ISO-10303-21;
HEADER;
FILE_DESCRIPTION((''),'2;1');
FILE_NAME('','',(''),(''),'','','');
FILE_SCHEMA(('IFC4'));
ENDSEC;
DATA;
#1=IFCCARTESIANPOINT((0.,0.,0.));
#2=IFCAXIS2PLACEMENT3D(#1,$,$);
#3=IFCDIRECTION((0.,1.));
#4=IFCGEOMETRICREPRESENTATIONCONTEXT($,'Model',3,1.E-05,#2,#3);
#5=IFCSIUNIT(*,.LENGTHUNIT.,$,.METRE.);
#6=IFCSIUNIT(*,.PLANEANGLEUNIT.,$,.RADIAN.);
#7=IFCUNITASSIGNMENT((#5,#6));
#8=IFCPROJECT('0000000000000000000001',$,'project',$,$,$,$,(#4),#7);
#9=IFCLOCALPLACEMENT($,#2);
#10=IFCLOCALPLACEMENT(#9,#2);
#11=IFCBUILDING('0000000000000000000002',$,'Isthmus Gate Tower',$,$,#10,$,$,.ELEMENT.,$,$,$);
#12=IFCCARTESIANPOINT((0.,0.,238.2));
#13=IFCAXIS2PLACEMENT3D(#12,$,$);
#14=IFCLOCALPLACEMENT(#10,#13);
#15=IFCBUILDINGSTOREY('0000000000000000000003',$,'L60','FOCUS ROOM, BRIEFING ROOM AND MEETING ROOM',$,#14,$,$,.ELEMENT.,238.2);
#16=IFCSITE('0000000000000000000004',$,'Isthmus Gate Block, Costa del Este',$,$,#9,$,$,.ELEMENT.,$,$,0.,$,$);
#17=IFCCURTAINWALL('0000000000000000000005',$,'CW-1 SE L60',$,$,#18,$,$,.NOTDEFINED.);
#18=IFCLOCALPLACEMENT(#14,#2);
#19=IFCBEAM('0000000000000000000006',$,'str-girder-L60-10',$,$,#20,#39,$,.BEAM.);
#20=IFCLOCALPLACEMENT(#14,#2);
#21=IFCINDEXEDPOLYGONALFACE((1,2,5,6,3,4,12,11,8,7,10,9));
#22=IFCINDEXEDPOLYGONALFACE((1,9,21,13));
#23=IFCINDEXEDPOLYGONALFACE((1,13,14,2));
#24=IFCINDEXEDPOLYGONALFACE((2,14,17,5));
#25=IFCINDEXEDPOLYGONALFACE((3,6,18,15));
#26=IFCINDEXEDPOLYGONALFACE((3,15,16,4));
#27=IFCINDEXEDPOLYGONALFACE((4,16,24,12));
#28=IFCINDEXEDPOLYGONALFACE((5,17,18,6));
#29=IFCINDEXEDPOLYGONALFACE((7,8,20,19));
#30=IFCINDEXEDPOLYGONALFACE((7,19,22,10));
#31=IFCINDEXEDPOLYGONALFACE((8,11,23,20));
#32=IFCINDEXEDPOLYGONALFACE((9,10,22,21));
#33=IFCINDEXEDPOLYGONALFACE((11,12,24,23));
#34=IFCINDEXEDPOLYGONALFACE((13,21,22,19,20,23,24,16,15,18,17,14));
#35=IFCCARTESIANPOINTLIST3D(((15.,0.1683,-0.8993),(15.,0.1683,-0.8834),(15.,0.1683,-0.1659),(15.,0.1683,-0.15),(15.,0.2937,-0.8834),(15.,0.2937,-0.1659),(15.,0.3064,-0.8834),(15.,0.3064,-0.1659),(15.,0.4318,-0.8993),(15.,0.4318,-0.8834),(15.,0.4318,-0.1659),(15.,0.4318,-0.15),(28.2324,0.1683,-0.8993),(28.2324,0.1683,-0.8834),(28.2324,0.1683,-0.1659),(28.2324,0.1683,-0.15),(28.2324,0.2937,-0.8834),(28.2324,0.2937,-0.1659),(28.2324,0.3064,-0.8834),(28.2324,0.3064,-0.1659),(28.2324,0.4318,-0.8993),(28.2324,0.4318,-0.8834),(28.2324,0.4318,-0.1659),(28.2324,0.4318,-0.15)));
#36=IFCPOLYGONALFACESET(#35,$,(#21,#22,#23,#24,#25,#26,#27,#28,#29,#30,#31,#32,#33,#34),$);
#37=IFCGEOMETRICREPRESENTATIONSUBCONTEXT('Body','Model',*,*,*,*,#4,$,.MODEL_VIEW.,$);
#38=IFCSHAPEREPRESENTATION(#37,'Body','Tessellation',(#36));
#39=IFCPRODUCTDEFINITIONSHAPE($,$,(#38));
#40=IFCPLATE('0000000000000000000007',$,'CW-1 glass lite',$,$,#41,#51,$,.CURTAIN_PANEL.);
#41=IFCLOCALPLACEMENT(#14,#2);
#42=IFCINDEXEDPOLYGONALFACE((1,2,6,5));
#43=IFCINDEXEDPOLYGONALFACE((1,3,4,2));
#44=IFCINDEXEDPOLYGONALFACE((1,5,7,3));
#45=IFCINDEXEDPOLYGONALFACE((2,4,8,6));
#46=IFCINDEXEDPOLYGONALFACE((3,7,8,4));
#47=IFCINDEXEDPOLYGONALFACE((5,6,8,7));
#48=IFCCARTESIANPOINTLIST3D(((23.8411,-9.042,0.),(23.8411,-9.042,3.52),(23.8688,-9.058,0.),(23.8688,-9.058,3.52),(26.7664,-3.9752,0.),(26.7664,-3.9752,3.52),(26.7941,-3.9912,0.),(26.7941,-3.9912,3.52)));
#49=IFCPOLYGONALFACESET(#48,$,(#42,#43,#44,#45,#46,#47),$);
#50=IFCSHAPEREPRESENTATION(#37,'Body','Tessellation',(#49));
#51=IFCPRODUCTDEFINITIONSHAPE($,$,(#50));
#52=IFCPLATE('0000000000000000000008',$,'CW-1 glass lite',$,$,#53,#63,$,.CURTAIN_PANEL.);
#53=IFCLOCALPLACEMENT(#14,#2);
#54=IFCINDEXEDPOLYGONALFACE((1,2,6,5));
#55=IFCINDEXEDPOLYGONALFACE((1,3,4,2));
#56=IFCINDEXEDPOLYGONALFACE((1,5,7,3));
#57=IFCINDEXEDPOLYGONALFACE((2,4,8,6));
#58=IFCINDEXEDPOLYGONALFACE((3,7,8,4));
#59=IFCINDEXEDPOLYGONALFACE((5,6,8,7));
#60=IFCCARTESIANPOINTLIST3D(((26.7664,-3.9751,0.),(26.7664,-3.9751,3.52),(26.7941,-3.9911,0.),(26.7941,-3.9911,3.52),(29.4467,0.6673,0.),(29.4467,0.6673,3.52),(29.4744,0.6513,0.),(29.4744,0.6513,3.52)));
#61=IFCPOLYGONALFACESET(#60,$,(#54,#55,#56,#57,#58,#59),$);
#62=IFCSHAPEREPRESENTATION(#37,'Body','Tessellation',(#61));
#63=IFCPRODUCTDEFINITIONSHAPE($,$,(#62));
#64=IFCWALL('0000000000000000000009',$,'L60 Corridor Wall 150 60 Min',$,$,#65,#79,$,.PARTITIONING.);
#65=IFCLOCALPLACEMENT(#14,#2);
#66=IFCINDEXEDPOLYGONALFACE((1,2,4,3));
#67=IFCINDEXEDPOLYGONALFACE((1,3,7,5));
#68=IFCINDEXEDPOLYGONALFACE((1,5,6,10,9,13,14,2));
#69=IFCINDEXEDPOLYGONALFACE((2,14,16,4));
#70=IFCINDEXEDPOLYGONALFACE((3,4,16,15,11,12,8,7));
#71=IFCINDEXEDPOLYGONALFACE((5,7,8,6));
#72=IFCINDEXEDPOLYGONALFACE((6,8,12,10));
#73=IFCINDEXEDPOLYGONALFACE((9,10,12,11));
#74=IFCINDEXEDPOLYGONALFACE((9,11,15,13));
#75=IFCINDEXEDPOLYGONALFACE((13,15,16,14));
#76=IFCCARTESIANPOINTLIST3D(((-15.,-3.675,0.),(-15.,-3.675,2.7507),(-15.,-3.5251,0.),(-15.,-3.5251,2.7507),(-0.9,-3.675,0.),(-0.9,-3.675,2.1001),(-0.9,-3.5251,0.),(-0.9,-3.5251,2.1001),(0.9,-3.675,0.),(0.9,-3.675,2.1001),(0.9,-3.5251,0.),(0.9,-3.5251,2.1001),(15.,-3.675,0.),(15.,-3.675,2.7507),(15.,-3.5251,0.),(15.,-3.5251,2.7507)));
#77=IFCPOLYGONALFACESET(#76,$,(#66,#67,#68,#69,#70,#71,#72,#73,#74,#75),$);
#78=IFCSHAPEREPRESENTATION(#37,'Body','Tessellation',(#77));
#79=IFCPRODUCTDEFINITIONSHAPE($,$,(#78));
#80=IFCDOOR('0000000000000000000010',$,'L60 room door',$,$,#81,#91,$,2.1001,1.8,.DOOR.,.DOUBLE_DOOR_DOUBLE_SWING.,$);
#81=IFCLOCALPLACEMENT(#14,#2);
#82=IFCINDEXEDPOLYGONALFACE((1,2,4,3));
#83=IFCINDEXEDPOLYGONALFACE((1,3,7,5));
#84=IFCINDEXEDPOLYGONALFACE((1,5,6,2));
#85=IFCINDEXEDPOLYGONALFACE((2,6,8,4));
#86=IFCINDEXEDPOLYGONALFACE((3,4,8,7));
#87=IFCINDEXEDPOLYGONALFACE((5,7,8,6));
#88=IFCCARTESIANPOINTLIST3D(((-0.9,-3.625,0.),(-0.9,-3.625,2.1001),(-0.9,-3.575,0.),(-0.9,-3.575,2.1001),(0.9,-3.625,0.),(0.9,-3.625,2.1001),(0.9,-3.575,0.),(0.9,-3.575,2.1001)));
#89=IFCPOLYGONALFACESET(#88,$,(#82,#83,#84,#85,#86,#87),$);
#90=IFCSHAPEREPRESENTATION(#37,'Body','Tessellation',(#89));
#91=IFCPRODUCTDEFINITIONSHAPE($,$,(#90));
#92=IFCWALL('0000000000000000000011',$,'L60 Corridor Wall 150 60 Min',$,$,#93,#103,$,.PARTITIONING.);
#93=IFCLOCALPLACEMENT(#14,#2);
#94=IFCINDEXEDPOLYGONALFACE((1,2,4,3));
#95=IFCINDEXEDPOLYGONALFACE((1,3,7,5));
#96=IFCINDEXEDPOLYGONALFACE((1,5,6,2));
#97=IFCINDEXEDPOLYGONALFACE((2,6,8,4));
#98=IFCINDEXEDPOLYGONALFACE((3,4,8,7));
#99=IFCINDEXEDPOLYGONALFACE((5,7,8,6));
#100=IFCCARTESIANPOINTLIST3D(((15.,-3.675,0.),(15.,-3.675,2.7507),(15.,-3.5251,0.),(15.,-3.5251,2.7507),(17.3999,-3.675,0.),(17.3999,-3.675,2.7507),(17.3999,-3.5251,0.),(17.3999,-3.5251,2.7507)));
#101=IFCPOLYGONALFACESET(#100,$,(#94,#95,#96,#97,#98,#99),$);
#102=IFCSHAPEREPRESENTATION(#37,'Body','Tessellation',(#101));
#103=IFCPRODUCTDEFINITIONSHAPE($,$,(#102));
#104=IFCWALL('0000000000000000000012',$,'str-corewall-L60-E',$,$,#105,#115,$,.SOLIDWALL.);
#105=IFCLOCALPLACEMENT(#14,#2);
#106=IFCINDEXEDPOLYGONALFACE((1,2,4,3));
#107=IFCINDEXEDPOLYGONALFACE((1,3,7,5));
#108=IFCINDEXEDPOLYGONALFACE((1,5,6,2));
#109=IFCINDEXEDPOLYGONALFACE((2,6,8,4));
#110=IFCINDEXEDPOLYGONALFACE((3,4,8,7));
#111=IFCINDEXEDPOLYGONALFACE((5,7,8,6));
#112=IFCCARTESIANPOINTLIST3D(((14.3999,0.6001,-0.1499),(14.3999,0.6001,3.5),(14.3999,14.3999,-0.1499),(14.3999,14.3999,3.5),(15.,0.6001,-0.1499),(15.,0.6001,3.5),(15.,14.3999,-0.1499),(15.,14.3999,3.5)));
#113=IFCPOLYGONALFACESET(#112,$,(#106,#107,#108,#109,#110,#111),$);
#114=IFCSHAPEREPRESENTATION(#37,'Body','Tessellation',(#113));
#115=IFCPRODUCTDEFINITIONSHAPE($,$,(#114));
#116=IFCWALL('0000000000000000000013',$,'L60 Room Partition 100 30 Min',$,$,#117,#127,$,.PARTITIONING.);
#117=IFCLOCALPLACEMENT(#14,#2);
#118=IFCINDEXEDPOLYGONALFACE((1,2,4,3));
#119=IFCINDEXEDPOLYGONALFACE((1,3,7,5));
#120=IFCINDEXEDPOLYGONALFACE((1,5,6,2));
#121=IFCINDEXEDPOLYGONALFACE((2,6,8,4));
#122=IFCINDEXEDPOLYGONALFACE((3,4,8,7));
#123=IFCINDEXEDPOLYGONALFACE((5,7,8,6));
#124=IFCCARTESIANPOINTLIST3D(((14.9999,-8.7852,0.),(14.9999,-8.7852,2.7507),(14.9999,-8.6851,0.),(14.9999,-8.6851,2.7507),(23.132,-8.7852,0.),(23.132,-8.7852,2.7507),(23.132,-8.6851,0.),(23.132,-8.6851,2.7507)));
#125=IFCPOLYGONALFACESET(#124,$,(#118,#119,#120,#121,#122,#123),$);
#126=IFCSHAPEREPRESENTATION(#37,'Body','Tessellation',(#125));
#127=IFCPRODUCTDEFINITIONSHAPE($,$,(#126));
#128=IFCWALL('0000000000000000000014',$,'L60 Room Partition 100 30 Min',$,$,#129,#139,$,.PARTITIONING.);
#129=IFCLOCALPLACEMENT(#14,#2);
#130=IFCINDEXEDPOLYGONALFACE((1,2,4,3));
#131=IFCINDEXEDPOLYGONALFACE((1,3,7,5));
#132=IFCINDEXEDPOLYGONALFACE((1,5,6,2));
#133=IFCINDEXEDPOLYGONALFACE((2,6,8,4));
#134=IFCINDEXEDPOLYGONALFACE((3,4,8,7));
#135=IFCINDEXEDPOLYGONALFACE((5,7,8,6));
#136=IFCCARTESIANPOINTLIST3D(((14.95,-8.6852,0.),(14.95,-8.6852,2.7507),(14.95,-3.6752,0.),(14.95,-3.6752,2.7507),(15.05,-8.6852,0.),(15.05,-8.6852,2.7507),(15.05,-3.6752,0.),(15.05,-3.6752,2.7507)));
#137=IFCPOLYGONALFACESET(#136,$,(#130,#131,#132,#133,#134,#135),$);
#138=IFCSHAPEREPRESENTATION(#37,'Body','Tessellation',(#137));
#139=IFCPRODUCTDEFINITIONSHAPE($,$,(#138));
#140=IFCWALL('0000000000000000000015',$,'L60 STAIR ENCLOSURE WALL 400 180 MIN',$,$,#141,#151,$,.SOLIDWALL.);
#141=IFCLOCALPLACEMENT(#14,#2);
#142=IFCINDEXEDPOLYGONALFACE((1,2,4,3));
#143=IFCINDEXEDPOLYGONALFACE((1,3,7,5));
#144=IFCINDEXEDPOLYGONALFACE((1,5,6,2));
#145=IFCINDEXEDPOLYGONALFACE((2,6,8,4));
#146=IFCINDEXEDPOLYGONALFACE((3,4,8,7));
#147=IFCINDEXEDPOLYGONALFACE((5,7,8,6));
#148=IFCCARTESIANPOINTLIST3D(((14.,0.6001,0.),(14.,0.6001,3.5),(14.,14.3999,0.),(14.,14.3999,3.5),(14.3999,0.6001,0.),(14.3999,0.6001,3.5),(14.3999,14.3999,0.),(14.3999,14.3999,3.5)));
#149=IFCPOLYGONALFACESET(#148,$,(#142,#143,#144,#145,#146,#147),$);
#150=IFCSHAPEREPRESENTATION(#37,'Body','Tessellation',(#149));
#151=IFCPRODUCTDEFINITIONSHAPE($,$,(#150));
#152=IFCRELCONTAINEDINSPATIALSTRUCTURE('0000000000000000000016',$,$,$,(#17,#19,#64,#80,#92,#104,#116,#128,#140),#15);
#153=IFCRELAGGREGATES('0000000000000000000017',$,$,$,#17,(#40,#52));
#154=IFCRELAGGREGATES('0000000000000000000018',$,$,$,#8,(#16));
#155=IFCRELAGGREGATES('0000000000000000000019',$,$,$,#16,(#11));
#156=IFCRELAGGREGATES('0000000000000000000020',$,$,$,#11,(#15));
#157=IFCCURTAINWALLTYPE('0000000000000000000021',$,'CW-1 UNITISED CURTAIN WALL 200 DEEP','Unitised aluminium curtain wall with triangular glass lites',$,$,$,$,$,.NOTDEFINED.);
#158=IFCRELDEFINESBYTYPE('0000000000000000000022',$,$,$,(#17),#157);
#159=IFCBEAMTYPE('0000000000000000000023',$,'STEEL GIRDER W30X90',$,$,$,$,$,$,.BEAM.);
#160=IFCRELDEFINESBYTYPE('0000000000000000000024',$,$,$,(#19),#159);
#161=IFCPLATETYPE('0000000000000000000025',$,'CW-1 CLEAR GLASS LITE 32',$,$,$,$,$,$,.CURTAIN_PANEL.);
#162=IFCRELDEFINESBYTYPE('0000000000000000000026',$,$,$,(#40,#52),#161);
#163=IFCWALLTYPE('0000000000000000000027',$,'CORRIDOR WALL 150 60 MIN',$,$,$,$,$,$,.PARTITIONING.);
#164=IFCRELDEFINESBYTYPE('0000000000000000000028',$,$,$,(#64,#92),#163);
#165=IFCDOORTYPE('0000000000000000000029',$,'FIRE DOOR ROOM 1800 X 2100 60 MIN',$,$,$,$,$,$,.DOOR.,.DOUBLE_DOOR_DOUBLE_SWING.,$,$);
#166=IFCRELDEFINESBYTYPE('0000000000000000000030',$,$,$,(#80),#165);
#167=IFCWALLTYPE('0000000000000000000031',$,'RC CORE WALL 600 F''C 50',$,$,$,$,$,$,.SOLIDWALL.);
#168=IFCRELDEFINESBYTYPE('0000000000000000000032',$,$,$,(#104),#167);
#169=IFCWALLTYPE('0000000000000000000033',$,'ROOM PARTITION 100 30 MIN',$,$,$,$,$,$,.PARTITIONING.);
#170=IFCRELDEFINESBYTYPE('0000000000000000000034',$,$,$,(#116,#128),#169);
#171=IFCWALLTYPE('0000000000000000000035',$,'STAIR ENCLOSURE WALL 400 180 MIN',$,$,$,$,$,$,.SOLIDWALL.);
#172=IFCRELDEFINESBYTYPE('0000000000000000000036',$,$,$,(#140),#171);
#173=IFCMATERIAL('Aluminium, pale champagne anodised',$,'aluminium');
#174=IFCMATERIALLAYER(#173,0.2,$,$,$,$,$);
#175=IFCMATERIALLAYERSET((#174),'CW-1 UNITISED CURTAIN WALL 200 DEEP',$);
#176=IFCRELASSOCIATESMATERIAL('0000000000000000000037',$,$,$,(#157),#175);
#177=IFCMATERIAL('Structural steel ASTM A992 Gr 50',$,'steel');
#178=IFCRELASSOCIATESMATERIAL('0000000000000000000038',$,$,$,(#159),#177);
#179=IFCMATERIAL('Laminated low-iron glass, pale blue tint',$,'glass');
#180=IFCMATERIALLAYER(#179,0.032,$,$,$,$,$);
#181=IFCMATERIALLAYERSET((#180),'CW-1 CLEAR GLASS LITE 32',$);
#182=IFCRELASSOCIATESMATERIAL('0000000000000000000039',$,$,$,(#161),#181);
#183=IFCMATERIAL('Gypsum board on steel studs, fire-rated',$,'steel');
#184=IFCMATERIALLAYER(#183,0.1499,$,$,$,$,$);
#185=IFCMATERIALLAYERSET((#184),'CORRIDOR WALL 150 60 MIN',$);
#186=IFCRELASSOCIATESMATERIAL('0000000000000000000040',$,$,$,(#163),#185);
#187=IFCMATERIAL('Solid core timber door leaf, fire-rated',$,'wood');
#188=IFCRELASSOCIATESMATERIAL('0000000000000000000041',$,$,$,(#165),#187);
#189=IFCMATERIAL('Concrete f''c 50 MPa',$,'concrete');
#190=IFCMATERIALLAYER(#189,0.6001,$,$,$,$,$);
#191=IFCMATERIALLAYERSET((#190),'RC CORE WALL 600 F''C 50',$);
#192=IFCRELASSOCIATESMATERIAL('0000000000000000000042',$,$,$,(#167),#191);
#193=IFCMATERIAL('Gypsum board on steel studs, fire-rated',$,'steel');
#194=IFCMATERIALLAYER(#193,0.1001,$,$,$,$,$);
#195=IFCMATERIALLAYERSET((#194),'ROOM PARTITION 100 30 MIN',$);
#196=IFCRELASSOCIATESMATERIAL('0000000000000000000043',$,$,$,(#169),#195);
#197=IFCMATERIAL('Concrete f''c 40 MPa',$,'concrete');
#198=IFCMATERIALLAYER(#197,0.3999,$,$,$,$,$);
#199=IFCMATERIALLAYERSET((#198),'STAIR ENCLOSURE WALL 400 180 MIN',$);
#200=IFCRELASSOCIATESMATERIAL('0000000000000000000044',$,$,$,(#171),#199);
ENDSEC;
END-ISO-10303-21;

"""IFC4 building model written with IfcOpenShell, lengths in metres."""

from ifc_helpers import new_model, si_unit, direction, frame, frame_2d, origin, origin_2d, place, context, subcontext, project, spatial, rectangle, i_section, extrude, material, layer, layer_set, material_profile, profile_set, type_object, element, fill, aggregate, save


model = new_model("IFC4")

# Units and contexts
model_context = context("Model", 3, precision=1e-05, world=origin(), true_north=direction((0.0, 1.0)))
body_context = subcontext(model_context, "Body", "Model", "MODEL_VIEW")
ifc_project = project(units=[si_unit("LENGTHUNIT", "METRE"), si_unit("PLANEANGLEUNIT", "RADIAN")], contexts=[model_context])

# Site, building, storey
site_placement = place(None, origin())
site = spatial("IfcSite", under=ifc_project, at=site_placement, Name="Isthmus Gate Block, Costa del Este", CompositionType="ELEMENT", RefElevation=0.0)
building_placement = place(site_placement, origin())
building = spatial("IfcBuilding", under=site, at=building_placement, Name="Isthmus Gate Tower", CompositionType="ELEMENT")
storey_placement = place(building_placement, frame((0.0, 0.0, 238.2)))
storey = spatial("IfcBuildingStorey", under=building, at=storey_placement, Name="L60", Description="FOCUS ROOM, BRIEFING ROOM AND MEETING ROOM", CompositionType="ELEMENT", Elevation=238.2)

# Shared definitions
ifc_material_1 = material(Name="Aluminium, pale champagne anodised", Category="aluminium")
ifc_layer_1 = layer(ifc_material_1, 0.2)
ifc_layer_set_1 = layer_set([ifc_layer_1], Name="CW-1 UNITISED CURTAIN WALL 200 DEEP")
curtain_wall_type = type_object("IfcCurtainWallType", Name="CW-1 UNITISED CURTAIN WALL 200 DEEP", Description="Unitised aluminium curtain wall with triangular glass lites", PredefinedType="NOTDEFINED", material=ifc_layer_set_1)

# Curtain wall
curtain_wall_1_placement = place(storey_placement, origin())
curtain_wall_1 = element("IfcCurtainWall", 1, at=curtain_wall_1_placement, inside=storey, type_object=curtain_wall_type, Name="CW-1 SE L60", PredefinedType="NOTDEFINED")

# Beam
ifc_material_2 = material(Name="Structural steel ASTM A992 Gr 50", Category="steel")
ifc_material_profile_1 = material_profile(ifc_material_2, i_section(OverallWidth=0.2634, OverallDepth=0.7493, WebThickness=0.0127, FlangeThickness=0.0159, at=origin_2d()), Name="W30X90")
ifc_profile_set_1 = profile_set([ifc_material_profile_1], Name="Structural steel ASTM A992 Gr 50")
beam_type_1 = type_object("IfcBeamType", Name="STEEL GIRDER W30X90", PredefinedType="BEAM", material=ifc_profile_set_1)
beam_1_placement = place(storey_placement, frame((15.0, 0.3, -0.5247), z_axis=(1.0, 0.0, 0.0), x_axis=(0.0, 1.0, 0.0)))
element("IfcBeam", 2, at=beam_1_placement, inside=storey, type_object=beam_type_1, Name="str-girder-L60-10", PredefinedType="BEAM", context=body_context, shape_type="SweptSolid", body=[
    extrude(i_section(OverallWidth=0.2634, OverallDepth=0.7493, WebThickness=0.0127, FlangeThickness=0.0159, at=origin_2d()), origin(), (0.0, 0.0, 1.0), 13.2324),
])

# Plates
ifc_material_3 = material(Name="Laminated low-iron glass, pale blue tint", Category="glass")
ifc_layer_2 = layer(ifc_material_3, 0.032)
ifc_layer_set_2 = layer_set([ifc_layer_2], Name="CW-1 CLEAR GLASS LITE 32")
plate_type = type_object("IfcPlateType", Name="CW-1 CLEAR GLASS LITE 32", PredefinedType="CURTAIN_PANEL", material=ifc_layer_set_2)
plate_1_placement = place(storey_placement, frame((25.3176, -6.5166, 0.0), z_axis=(0.0, 0.0, 1.0), x_axis=(0.5, 0.866025, 0.0)))
plate_1 = element("IfcPlate", 3, at=plate_1_placement, type_object=plate_type, Name="CW-1 glass lite", PredefinedType="CURTAIN_PANEL", context=body_context, shape_type="SweptSolid", body=[
    extrude(rectangle(XDim=5.8506, YDim=0.032, at=origin_2d()), origin(), (0.0, 0.0, 1.0), 3.52),
])
plate_2_placement = place(storey_placement, frame((28.1204, -1.6619, 0.0), z_axis=(0.0, 0.0, 1.0), x_axis=(0.5, 0.866025, 0.0)))
plate_2 = element("IfcPlate", 4, at=plate_2_placement, type_object=plate_type, Name="CW-1 glass lite", PredefinedType="CURTAIN_PANEL", context=body_context, shape_type="SweptSolid", body=[
    extrude(rectangle(XDim=5.3606, YDim=0.032, at=origin_2d()), origin(), (0.0, 0.0, 1.0), 3.52),
])
aggregate(curtain_wall_1, [plate_1, plate_2])

# Wall, opening, door
ifc_material_4 = material(Name="Gypsum board on steel studs, fire-rated", Category="steel")
ifc_layer_3 = layer(ifc_material_4, 0.1499)
ifc_layer_set_3 = layer_set([ifc_layer_3], Name="CORRIDOR WALL 150 60 MIN")
wall_type_1 = type_object("IfcWallType", Name="CORRIDOR WALL 150 60 MIN", PredefinedType="PARTITIONING", material=ifc_layer_set_3)
wall_1_placement = place(storey_placement, frame((15.0, -3.6001, 0.0), z_axis=(0.0, 0.0, 1.0), x_axis=(-1.0, 0.0, 0.0)))
wall_1 = element("IfcWall", 5, at=wall_1_placement, inside=storey, type_object=wall_type_1, Name="L60 Corridor Wall 150 60 Min", PredefinedType="PARTITIONING", context=body_context, shape_type="SweptSolid", body=[
    extrude(rectangle(XDim=30.0, YDim=0.1499, at=frame_2d((15.0, 0.0))), origin(), (0.0, 0.0, 1.0), 2.7507),
])
opening_placement = place(wall_1_placement, frame((14.1001, 0.0, 0.0)))
opening = element("IfcOpeningElement", 6, at=opening_placement, cuts=wall_1, PredefinedType="OPENING", context=body_context, shape_type="SweptSolid", body=[
    extrude(rectangle(XDim=1.8, YDim=2.1001, at=frame_2d((0.8999, 1.05))), frame((0.0, 0.085, 0.0), z_axis=(0.0, -1.0, 0.0), x_axis=(1.0, 0.0, 0.0)), (0.0, 0.0, 1.0), 0.1699),
])
ifc_material_5 = material(Name="Solid core timber door leaf, fire-rated", Category="wood")
door_type = type_object("IfcDoorType", Name="FIRE DOOR ROOM 1800 X 2100 60 MIN", OperationType="DOUBLE_DOOR_DOUBLE_SWING", PredefinedType="DOOR", material=ifc_material_5)
door_placement = place(opening_placement, origin())
door = element("IfcDoor", 7, at=door_placement, inside=storey, type_object=door_type, Name="L60 room door", OperationType="DOUBLE_DOOR_DOUBLE_SWING", OverallHeight=2.1001, OverallWidth=1.8, PredefinedType="DOOR", context=body_context, shape_type="SweptSolid", body=[
    extrude(rectangle(XDim=1.8, YDim=2.1001, at=frame_2d((0.8999, 1.05))), frame((0.0, 0.0249, 0.0), z_axis=(0.0, -1.0, 0.0), x_axis=(1.0, 0.0, 0.0)), (0.0, 0.0, 1.0), 0.05),
])
fill(opening, door)

# Walls
wall_2_placement = place(storey_placement, frame((17.3999, -3.6001, 0.0), z_axis=(0.0, 0.0, 1.0), x_axis=(-1.0, 0.0, 0.0)))
element("IfcWall", 8, at=wall_2_placement, inside=storey, type_object=wall_type_1, Name="L60 Corridor Wall 150 60 Min", PredefinedType="PARTITIONING", context=body_context, shape_type="SweptSolid", body=[
    extrude(rectangle(XDim=2.3999, YDim=0.1499, at=frame_2d((1.2, 0.0))), origin(), (0.0, 0.0, 1.0), 2.7507),
])
ifc_material_6 = material(Name="Concrete f'c 50 MPa", Category="concrete")
ifc_layer_4 = layer(ifc_material_6, 0.6001)
ifc_layer_set_4 = layer_set([ifc_layer_4], Name="RC CORE WALL 600 F'C 50")
wall_type_2 = type_object("IfcWallType", Name="RC CORE WALL 600 F'C 50", PredefinedType="SOLIDWALL", material=ifc_layer_set_4)
wall_3_placement = place(storey_placement, frame((14.7, 0.6001, -0.1499), z_axis=(0.0, 0.0, 1.0), x_axis=(0.0, 1.0, 0.0)))
element("IfcWall", 9, at=wall_3_placement, inside=storey, type_object=wall_type_2, Name="str-corewall-L60-E", PredefinedType="SOLIDWALL", context=body_context, shape_type="SweptSolid", body=[
    extrude(rectangle(XDim=13.7998, YDim=0.6001, at=frame_2d((6.8999, 0.0))), origin(), (0.0, 0.0, 1.0), 3.6499),
])
ifc_material_7 = material(Name="Gypsum board on steel studs, fire-rated", Category="steel")
ifc_layer_5 = layer(ifc_material_7, 0.1001)
ifc_layer_set_5 = layer_set([ifc_layer_5], Name="ROOM PARTITION 100 30 MIN")
wall_type_3 = type_object("IfcWallType", Name="ROOM PARTITION 100 30 MIN", PredefinedType="PARTITIONING", material=ifc_layer_set_5)
wall_4_placement = place(storey_placement, frame((15.0, -8.7351, 0.0), z_axis=(0.0, 0.0, 1.0), x_axis=(1.0, 0.0, 0.0)))
element("IfcWall", 10, at=wall_4_placement, inside=storey, type_object=wall_type_3, Name="L60 Room Partition 100 30 Min", PredefinedType="PARTITIONING", context=body_context, shape_type="SweptSolid", body=[
    extrude(rectangle(XDim=8.1321, YDim=0.1001, at=frame_2d((4.0659, 0.0))), origin(), (0.0, 0.0, 1.0), 2.7507),
])
wall_5_placement = place(storey_placement, frame((15.0, -8.6851, 0.0), z_axis=(0.0, 0.0, 1.0), x_axis=(0.0, 1.0, 0.0)))
element("IfcWall", 11, at=wall_5_placement, inside=storey, type_object=wall_type_3, Name="L60 Room Partition 100 30 Min", PredefinedType="PARTITIONING", context=body_context, shape_type="SweptSolid", body=[
    extrude(rectangle(XDim=5.01, YDim=0.1001, at=frame_2d((2.5049, 0.0))), origin(), (0.0, 0.0, 1.0), 2.7507),
])
ifc_material_8 = material(Name="Concrete f'c 40 MPa", Category="concrete")
ifc_layer_6 = layer(ifc_material_8, 0.3999)
ifc_layer_set_6 = layer_set([ifc_layer_6], Name="STAIR ENCLOSURE WALL 400 180 MIN")
wall_type_4 = type_object("IfcWallType", Name="STAIR ENCLOSURE WALL 400 180 MIN", PredefinedType="SOLIDWALL", material=ifc_layer_set_6)
wall_6_placement = place(storey_placement, frame((14.2, 0.6001, 0.0), z_axis=(0.0, 0.0, 1.0), x_axis=(0.0, 1.0, 0.0)))
element("IfcWall", 12, at=wall_6_placement, inside=storey, type_object=wall_type_4, Name="L60 STAIR ENCLOSURE WALL 400 180 MIN", PredefinedType="SOLIDWALL", context=body_context, shape_type="SweptSolid", body=[
    extrude(rectangle(XDim=13.7998, YDim=0.3999, at=frame_2d((6.8999, 0.0))), origin(), (0.0, 0.0, 1.0), 3.5),
])

save(model, "model.ifc")
